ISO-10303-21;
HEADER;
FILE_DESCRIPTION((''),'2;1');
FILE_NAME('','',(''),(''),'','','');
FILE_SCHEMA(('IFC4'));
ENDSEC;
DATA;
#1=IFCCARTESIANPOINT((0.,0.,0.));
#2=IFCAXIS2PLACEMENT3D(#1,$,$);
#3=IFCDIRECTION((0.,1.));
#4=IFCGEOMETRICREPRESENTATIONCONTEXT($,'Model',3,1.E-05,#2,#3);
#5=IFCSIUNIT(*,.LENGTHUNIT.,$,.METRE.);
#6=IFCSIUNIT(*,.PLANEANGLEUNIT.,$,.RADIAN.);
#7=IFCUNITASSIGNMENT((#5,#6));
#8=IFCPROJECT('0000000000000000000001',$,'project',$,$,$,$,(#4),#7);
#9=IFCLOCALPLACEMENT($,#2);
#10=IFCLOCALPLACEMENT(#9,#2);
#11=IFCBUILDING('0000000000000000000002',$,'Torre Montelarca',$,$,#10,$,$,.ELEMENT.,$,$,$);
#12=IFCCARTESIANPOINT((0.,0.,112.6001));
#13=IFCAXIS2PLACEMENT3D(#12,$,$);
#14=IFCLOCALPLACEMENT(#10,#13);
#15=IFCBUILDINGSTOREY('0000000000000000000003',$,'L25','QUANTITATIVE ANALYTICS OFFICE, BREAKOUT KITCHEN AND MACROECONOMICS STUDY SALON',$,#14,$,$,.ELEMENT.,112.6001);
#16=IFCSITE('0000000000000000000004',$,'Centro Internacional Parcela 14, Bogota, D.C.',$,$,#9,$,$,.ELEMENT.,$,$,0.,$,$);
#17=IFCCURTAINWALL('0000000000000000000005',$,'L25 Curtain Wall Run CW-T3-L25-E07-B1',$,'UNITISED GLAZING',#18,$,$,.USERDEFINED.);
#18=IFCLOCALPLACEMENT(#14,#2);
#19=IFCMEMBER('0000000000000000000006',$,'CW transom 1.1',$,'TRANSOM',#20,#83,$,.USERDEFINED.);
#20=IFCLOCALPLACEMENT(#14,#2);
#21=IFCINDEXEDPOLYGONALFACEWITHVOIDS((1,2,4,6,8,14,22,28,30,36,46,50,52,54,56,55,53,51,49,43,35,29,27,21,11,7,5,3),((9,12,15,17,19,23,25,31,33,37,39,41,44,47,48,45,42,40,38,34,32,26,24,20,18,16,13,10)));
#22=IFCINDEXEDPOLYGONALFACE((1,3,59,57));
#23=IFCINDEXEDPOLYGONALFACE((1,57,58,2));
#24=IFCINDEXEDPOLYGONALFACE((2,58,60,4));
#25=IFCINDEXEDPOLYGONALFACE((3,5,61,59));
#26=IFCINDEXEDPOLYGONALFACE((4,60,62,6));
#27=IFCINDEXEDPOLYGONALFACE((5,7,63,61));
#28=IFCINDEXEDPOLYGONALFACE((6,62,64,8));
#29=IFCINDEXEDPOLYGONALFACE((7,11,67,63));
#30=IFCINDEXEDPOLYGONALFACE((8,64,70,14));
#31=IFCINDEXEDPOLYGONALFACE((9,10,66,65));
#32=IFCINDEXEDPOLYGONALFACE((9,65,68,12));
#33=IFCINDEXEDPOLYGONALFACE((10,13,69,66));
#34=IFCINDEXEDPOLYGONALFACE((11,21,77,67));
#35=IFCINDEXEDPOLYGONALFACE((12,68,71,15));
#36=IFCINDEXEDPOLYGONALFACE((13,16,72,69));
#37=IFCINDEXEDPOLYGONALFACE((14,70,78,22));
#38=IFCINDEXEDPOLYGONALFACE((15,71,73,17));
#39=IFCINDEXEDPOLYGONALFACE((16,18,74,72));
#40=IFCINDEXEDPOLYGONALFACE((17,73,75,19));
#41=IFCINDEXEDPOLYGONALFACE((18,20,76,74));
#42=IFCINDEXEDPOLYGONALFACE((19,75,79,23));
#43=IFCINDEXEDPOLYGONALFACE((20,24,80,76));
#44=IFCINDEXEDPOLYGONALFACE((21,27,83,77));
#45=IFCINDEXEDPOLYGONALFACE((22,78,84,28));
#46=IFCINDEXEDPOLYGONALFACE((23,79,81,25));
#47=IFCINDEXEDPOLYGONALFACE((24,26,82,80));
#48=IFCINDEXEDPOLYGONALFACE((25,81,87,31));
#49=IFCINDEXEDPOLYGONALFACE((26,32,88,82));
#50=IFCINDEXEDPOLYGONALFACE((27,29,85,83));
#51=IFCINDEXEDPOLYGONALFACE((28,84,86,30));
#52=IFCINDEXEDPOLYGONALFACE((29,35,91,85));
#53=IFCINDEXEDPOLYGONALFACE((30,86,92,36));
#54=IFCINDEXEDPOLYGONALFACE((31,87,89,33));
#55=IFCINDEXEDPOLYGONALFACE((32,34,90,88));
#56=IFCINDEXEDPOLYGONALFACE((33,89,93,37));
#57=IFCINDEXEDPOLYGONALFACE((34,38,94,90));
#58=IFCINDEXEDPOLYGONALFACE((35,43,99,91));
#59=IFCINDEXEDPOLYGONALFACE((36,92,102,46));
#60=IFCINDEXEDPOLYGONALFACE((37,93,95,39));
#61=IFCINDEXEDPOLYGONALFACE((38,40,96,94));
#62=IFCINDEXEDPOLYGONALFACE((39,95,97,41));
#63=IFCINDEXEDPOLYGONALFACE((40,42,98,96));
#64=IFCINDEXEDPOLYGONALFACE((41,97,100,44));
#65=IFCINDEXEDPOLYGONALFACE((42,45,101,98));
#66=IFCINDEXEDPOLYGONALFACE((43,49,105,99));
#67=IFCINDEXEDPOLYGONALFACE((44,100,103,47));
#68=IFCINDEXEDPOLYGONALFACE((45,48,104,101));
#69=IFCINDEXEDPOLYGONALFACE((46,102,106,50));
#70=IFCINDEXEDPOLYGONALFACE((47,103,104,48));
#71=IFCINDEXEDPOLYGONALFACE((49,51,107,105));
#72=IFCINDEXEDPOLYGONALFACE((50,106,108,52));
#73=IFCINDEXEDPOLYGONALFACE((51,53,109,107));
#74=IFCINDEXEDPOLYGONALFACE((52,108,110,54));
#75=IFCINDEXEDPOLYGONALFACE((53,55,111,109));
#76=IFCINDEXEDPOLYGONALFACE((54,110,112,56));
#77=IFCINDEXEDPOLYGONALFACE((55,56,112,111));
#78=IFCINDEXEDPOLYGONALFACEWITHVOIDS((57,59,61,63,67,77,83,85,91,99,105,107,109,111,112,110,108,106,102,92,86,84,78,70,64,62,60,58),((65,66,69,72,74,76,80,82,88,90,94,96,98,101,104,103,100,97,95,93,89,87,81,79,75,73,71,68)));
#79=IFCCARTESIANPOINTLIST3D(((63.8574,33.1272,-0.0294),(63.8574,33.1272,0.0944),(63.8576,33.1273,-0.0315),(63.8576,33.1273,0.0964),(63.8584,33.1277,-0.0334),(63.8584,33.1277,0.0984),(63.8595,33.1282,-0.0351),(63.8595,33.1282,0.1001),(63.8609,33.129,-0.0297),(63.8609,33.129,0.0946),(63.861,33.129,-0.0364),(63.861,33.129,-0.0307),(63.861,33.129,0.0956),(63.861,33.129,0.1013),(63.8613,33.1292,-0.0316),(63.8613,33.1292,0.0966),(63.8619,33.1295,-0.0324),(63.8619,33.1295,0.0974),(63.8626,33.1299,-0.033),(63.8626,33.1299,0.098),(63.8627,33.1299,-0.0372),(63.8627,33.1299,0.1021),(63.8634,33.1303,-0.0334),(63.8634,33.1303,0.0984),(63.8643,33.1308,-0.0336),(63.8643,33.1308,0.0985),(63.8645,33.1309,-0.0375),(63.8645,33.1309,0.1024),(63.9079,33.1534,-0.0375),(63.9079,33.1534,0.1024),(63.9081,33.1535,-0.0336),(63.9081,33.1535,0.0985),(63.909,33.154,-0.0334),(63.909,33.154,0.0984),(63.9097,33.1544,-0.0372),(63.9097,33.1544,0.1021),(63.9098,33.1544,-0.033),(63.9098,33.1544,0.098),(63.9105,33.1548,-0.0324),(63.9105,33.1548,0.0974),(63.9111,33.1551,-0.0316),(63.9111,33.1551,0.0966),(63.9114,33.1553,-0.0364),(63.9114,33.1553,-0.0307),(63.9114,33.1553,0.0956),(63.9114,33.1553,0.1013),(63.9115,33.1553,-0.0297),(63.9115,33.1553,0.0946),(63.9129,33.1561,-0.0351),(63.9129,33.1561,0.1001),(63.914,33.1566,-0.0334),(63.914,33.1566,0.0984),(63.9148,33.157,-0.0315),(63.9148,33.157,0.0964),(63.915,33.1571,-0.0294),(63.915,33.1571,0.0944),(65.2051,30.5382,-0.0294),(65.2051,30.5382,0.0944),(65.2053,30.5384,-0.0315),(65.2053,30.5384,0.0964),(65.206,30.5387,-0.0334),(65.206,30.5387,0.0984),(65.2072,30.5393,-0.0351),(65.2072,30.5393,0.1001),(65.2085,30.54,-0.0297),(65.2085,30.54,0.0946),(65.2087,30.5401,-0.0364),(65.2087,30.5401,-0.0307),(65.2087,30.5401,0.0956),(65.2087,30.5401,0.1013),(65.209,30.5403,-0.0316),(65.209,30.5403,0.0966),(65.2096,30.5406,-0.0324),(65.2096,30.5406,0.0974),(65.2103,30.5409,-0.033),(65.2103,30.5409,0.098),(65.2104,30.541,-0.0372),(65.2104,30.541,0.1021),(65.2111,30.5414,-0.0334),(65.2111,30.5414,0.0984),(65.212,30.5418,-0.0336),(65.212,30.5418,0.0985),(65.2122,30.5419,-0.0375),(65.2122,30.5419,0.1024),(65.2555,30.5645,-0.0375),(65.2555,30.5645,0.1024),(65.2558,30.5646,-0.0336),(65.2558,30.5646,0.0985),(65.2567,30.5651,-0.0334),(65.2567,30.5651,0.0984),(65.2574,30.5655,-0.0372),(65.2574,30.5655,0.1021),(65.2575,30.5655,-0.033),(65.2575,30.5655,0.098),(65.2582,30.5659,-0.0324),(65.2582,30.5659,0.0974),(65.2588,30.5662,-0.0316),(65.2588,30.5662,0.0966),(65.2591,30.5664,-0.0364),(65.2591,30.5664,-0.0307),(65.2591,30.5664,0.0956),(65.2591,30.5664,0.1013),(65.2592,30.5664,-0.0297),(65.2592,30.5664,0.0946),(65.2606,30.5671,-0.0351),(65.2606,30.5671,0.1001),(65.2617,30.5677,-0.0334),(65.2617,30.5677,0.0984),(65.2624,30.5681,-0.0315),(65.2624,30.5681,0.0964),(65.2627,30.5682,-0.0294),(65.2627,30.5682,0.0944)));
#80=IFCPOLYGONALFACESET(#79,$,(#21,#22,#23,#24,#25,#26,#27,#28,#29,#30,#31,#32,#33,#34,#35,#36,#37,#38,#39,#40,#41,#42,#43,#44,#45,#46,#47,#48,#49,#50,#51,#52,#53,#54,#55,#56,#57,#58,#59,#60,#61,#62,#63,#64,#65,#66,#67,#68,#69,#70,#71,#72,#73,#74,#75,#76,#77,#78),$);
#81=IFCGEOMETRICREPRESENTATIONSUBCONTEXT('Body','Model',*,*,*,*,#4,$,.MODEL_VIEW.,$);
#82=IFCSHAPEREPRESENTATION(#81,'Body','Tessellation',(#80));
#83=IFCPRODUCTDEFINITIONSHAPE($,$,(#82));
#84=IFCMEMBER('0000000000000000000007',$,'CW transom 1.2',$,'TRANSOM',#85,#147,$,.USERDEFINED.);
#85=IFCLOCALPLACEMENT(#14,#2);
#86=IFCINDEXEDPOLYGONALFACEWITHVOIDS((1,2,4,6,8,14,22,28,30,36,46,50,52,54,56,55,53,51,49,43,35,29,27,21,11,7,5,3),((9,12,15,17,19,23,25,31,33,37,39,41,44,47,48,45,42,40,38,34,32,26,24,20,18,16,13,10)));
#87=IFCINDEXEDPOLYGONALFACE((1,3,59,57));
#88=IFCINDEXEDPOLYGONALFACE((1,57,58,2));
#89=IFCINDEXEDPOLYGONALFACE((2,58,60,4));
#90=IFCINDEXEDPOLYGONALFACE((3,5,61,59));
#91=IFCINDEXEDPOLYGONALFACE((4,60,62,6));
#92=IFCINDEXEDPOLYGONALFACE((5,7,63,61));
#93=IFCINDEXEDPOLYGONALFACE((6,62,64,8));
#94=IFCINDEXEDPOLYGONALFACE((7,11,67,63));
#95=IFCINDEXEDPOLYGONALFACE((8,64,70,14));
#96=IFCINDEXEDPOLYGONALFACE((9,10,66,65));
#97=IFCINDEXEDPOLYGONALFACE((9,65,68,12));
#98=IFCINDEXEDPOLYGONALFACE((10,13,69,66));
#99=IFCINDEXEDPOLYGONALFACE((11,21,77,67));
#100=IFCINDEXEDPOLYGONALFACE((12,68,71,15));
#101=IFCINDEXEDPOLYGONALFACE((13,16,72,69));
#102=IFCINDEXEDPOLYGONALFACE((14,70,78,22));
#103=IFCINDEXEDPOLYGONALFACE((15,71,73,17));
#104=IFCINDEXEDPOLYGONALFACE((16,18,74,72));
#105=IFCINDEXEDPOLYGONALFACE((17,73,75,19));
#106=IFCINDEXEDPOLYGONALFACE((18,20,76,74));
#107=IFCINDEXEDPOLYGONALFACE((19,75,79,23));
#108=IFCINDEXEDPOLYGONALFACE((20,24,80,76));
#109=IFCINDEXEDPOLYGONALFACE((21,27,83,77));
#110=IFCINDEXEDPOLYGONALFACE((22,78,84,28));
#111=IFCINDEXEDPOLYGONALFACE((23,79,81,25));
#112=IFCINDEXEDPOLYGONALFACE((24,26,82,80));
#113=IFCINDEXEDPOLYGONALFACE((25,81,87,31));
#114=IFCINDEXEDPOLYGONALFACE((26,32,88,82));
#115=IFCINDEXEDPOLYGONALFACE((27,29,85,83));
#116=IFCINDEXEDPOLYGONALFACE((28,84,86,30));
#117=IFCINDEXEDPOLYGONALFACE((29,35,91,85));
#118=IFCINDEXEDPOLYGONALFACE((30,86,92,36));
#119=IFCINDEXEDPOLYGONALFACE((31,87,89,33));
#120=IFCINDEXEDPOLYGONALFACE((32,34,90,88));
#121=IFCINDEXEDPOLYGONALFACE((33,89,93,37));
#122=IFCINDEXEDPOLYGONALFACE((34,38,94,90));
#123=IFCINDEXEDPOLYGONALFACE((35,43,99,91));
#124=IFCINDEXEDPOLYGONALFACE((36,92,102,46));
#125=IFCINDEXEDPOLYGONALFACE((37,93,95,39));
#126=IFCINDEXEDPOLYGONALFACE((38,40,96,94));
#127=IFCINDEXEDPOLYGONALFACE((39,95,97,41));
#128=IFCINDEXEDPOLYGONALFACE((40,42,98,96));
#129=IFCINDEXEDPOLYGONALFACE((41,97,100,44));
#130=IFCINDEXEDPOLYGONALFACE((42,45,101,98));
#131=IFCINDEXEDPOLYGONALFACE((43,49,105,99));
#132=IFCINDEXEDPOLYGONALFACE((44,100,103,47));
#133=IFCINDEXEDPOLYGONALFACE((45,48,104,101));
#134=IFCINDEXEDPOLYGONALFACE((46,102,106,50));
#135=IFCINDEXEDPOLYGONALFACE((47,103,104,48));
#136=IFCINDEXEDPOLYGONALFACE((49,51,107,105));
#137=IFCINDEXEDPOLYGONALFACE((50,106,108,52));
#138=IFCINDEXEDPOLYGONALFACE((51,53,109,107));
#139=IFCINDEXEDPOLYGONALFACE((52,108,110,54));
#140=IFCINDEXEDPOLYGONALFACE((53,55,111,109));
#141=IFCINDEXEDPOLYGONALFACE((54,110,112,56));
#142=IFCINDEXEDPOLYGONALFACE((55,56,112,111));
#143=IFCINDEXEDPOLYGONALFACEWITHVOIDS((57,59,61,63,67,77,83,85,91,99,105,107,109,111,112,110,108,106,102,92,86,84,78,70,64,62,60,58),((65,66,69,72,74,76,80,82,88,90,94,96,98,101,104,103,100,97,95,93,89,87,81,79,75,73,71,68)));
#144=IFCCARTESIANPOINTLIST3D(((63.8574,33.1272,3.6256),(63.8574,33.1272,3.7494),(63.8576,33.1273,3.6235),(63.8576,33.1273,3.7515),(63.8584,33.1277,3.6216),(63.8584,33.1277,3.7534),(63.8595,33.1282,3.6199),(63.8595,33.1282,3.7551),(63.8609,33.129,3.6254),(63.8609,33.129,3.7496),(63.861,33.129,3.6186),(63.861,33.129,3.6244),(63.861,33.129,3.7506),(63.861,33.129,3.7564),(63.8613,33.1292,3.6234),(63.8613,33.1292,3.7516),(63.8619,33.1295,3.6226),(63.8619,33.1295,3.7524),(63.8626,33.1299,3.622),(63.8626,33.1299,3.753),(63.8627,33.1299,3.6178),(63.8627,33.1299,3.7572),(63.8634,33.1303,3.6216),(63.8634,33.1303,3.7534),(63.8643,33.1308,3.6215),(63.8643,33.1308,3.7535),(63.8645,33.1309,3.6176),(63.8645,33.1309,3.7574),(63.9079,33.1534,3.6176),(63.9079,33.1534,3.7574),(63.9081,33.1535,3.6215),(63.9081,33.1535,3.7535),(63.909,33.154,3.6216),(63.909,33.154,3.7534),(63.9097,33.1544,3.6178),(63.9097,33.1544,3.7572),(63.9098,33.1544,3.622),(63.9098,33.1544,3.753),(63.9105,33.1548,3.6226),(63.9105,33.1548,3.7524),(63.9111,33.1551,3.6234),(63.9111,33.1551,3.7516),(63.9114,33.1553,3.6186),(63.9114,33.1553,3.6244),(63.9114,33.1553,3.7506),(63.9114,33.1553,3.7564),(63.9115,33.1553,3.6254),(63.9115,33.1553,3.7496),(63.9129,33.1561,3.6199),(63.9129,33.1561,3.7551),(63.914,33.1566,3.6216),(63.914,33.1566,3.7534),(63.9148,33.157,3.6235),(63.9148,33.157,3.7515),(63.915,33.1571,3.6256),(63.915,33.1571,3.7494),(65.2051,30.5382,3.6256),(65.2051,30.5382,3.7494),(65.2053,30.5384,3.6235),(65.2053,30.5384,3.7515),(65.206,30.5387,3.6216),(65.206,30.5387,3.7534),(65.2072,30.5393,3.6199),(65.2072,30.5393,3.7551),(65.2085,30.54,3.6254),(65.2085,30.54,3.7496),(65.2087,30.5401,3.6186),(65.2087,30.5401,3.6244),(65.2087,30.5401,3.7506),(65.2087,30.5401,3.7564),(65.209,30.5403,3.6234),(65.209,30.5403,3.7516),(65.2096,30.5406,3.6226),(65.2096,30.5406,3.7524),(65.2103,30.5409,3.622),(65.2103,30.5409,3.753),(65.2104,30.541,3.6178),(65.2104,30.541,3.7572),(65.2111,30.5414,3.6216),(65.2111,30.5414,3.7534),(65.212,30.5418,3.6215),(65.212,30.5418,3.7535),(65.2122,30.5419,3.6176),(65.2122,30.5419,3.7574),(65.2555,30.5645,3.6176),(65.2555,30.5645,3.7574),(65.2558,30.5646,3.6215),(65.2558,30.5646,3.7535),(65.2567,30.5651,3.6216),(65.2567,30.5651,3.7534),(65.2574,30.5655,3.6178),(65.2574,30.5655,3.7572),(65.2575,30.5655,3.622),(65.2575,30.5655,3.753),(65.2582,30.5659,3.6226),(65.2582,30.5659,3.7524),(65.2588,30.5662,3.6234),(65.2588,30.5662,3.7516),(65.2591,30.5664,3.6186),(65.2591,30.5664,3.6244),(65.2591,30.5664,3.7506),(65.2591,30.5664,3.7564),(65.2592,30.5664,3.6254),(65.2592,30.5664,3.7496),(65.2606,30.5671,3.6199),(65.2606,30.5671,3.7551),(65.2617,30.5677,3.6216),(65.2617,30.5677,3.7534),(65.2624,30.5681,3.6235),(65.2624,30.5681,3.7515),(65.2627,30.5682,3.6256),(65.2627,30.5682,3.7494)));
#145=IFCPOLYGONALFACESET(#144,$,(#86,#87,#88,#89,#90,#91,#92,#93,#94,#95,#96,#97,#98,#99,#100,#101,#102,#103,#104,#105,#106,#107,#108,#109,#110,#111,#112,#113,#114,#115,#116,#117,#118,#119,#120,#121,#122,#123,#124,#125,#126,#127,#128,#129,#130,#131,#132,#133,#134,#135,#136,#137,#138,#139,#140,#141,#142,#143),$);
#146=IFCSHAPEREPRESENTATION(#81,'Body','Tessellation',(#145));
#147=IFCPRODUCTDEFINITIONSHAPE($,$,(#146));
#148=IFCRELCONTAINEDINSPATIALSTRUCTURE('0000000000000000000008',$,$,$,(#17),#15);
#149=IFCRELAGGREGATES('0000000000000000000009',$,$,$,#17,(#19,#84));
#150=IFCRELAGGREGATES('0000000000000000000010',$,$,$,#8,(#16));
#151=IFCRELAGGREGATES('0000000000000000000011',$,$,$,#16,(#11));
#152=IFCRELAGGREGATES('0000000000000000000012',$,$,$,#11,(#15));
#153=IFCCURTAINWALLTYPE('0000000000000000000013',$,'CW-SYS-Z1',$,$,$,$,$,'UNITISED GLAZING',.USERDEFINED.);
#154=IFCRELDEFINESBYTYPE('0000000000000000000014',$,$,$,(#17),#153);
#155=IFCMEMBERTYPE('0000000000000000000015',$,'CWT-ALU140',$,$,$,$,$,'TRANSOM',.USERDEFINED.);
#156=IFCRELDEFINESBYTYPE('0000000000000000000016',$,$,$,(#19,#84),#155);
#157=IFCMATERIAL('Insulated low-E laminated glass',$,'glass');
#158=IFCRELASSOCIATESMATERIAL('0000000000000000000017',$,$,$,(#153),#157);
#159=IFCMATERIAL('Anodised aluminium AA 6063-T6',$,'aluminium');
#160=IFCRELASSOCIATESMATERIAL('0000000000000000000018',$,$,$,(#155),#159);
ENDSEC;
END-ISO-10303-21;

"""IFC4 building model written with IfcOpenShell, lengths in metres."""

from ifc_helpers import new_model, si_unit, direction, frame, origin, origin_2d, place, context, subcontext, project, spatial, hollow_rectangle, extrude, source, transform, mapped, material, material_profile, profile_set, type_object, element, aggregate, save


model = new_model("IFC4")

# Units and contexts
model_context = context("Model", 3, precision=1e-05, world=origin(), true_north=direction((0.0, 1.0)))
body_context = subcontext(model_context, "Body", "Model", "MODEL_VIEW")
ifc_project = project(units=[si_unit("LENGTHUNIT", "METRE"), si_unit("PLANEANGLEUNIT", "RADIAN")], contexts=[model_context])

# Site, building, storey
site_placement = place(None, origin())
site = spatial("IfcSite", under=ifc_project, at=site_placement, Name="Centro Internacional Parcela 14, Bogota, D.C.", CompositionType="ELEMENT", RefElevation=0.0)
building_placement = place(site_placement, origin())
building = spatial("IfcBuilding", under=site, at=building_placement, Name="Torre Montelarca", CompositionType="ELEMENT")
storey_placement = place(building_placement, frame((0.0, 0.0, 112.6001)))
storey = spatial("IfcBuildingStorey", under=building, at=storey_placement, Name="L25", Description="QUANTITATIVE ANALYTICS OFFICE, BREAKOUT KITCHEN AND MACROECONOMICS STUDY SALON", CompositionType="ELEMENT", Elevation=112.6001)

# Curtain wall, members
ifc_material_1 = material(Name="Insulated low-E laminated glass", Category="glass")
curtain_wall_type = type_object("IfcCurtainWallType", Name="CW-SYS-Z1", ElementType="UNITISED GLAZING", PredefinedType="USERDEFINED", material=ifc_material_1)
curtain_wall_1_placement = place(storey_placement, origin())
curtain_wall_1 = element("IfcCurtainWall", 1, at=curtain_wall_1_placement, inside=storey, type_object=curtain_wall_type, Name="L25 Curtain Wall Run CW-T3-L25-E07-B1", ObjectType="UNITISED GLAZING", PredefinedType="USERDEFINED")
ifc_material_2 = material(Name="Anodised aluminium AA 6063-T6", Category="aluminium")
ifc_material_profile_1 = material_profile(ifc_material_2, hollow_rectangle(XDim=0.0649, YDim=0.1399, WallThickness=0.0039, InnerFilletRadius=0.0039, OuterFilletRadius=0.0081, at=origin_2d()), Name="ALU65X140X4", Category="aluminium")
ifc_profile_set_1 = profile_set([ifc_material_profile_1], Name="Anodised aluminium AA 6063-T6")
member_type_1 = type_object("IfcMemberType", Name="CWT-ALU140", ElementType="TRANSOM", PredefinedType="USERDEFINED", material=ifc_profile_set_1)
shared_shape_1 = source(origin(), body_context, "Body", "SweptSolid", [
    extrude(hollow_rectangle(XDim=0.0649, YDim=0.1399, WallThickness=0.0039, InnerFilletRadius=0.0039, OuterFilletRadius=0.0081, at=origin_2d()), origin(), (0.0, 0.0, 1.0), 2.9187),
])
member_1_placement = place(storey_placement, frame((65.2339, 30.5532, 0.0325), z_axis=(-0.461742, 0.887014, 0.0), x_axis=(-0.887014, -0.461742, 0.0)))
member_1 = element("IfcMember", 2, at=member_1_placement, type_object=member_type_1, Name="CW transom 1.1", ObjectType="TRANSOM", PredefinedType="USERDEFINED", context=body_context, shape_type="MappedRepresentation", body=[
    mapped(shared_shape_1, transform((0.0, 0.0, 0.0), scale=1.0)),
])
member_2_placement = place(storey_placement, frame((65.2339, 30.5532, 3.6875), z_axis=(-0.461742, 0.887014, 0.0), x_axis=(-0.887014, -0.461742, 0.0)))
member_2 = element("IfcMember", 3, at=member_2_placement, type_object=member_type_1, Name="CW transom 1.2", ObjectType="TRANSOM", PredefinedType="USERDEFINED", context=body_context, shape_type="MappedRepresentation", body=[
    mapped(shared_shape_1, transform((0.0, 0.0, 0.0), scale=1.0)),
])

aggregate(curtain_wall_1, [member_1, member_2])

save(model, "model.ifc")
